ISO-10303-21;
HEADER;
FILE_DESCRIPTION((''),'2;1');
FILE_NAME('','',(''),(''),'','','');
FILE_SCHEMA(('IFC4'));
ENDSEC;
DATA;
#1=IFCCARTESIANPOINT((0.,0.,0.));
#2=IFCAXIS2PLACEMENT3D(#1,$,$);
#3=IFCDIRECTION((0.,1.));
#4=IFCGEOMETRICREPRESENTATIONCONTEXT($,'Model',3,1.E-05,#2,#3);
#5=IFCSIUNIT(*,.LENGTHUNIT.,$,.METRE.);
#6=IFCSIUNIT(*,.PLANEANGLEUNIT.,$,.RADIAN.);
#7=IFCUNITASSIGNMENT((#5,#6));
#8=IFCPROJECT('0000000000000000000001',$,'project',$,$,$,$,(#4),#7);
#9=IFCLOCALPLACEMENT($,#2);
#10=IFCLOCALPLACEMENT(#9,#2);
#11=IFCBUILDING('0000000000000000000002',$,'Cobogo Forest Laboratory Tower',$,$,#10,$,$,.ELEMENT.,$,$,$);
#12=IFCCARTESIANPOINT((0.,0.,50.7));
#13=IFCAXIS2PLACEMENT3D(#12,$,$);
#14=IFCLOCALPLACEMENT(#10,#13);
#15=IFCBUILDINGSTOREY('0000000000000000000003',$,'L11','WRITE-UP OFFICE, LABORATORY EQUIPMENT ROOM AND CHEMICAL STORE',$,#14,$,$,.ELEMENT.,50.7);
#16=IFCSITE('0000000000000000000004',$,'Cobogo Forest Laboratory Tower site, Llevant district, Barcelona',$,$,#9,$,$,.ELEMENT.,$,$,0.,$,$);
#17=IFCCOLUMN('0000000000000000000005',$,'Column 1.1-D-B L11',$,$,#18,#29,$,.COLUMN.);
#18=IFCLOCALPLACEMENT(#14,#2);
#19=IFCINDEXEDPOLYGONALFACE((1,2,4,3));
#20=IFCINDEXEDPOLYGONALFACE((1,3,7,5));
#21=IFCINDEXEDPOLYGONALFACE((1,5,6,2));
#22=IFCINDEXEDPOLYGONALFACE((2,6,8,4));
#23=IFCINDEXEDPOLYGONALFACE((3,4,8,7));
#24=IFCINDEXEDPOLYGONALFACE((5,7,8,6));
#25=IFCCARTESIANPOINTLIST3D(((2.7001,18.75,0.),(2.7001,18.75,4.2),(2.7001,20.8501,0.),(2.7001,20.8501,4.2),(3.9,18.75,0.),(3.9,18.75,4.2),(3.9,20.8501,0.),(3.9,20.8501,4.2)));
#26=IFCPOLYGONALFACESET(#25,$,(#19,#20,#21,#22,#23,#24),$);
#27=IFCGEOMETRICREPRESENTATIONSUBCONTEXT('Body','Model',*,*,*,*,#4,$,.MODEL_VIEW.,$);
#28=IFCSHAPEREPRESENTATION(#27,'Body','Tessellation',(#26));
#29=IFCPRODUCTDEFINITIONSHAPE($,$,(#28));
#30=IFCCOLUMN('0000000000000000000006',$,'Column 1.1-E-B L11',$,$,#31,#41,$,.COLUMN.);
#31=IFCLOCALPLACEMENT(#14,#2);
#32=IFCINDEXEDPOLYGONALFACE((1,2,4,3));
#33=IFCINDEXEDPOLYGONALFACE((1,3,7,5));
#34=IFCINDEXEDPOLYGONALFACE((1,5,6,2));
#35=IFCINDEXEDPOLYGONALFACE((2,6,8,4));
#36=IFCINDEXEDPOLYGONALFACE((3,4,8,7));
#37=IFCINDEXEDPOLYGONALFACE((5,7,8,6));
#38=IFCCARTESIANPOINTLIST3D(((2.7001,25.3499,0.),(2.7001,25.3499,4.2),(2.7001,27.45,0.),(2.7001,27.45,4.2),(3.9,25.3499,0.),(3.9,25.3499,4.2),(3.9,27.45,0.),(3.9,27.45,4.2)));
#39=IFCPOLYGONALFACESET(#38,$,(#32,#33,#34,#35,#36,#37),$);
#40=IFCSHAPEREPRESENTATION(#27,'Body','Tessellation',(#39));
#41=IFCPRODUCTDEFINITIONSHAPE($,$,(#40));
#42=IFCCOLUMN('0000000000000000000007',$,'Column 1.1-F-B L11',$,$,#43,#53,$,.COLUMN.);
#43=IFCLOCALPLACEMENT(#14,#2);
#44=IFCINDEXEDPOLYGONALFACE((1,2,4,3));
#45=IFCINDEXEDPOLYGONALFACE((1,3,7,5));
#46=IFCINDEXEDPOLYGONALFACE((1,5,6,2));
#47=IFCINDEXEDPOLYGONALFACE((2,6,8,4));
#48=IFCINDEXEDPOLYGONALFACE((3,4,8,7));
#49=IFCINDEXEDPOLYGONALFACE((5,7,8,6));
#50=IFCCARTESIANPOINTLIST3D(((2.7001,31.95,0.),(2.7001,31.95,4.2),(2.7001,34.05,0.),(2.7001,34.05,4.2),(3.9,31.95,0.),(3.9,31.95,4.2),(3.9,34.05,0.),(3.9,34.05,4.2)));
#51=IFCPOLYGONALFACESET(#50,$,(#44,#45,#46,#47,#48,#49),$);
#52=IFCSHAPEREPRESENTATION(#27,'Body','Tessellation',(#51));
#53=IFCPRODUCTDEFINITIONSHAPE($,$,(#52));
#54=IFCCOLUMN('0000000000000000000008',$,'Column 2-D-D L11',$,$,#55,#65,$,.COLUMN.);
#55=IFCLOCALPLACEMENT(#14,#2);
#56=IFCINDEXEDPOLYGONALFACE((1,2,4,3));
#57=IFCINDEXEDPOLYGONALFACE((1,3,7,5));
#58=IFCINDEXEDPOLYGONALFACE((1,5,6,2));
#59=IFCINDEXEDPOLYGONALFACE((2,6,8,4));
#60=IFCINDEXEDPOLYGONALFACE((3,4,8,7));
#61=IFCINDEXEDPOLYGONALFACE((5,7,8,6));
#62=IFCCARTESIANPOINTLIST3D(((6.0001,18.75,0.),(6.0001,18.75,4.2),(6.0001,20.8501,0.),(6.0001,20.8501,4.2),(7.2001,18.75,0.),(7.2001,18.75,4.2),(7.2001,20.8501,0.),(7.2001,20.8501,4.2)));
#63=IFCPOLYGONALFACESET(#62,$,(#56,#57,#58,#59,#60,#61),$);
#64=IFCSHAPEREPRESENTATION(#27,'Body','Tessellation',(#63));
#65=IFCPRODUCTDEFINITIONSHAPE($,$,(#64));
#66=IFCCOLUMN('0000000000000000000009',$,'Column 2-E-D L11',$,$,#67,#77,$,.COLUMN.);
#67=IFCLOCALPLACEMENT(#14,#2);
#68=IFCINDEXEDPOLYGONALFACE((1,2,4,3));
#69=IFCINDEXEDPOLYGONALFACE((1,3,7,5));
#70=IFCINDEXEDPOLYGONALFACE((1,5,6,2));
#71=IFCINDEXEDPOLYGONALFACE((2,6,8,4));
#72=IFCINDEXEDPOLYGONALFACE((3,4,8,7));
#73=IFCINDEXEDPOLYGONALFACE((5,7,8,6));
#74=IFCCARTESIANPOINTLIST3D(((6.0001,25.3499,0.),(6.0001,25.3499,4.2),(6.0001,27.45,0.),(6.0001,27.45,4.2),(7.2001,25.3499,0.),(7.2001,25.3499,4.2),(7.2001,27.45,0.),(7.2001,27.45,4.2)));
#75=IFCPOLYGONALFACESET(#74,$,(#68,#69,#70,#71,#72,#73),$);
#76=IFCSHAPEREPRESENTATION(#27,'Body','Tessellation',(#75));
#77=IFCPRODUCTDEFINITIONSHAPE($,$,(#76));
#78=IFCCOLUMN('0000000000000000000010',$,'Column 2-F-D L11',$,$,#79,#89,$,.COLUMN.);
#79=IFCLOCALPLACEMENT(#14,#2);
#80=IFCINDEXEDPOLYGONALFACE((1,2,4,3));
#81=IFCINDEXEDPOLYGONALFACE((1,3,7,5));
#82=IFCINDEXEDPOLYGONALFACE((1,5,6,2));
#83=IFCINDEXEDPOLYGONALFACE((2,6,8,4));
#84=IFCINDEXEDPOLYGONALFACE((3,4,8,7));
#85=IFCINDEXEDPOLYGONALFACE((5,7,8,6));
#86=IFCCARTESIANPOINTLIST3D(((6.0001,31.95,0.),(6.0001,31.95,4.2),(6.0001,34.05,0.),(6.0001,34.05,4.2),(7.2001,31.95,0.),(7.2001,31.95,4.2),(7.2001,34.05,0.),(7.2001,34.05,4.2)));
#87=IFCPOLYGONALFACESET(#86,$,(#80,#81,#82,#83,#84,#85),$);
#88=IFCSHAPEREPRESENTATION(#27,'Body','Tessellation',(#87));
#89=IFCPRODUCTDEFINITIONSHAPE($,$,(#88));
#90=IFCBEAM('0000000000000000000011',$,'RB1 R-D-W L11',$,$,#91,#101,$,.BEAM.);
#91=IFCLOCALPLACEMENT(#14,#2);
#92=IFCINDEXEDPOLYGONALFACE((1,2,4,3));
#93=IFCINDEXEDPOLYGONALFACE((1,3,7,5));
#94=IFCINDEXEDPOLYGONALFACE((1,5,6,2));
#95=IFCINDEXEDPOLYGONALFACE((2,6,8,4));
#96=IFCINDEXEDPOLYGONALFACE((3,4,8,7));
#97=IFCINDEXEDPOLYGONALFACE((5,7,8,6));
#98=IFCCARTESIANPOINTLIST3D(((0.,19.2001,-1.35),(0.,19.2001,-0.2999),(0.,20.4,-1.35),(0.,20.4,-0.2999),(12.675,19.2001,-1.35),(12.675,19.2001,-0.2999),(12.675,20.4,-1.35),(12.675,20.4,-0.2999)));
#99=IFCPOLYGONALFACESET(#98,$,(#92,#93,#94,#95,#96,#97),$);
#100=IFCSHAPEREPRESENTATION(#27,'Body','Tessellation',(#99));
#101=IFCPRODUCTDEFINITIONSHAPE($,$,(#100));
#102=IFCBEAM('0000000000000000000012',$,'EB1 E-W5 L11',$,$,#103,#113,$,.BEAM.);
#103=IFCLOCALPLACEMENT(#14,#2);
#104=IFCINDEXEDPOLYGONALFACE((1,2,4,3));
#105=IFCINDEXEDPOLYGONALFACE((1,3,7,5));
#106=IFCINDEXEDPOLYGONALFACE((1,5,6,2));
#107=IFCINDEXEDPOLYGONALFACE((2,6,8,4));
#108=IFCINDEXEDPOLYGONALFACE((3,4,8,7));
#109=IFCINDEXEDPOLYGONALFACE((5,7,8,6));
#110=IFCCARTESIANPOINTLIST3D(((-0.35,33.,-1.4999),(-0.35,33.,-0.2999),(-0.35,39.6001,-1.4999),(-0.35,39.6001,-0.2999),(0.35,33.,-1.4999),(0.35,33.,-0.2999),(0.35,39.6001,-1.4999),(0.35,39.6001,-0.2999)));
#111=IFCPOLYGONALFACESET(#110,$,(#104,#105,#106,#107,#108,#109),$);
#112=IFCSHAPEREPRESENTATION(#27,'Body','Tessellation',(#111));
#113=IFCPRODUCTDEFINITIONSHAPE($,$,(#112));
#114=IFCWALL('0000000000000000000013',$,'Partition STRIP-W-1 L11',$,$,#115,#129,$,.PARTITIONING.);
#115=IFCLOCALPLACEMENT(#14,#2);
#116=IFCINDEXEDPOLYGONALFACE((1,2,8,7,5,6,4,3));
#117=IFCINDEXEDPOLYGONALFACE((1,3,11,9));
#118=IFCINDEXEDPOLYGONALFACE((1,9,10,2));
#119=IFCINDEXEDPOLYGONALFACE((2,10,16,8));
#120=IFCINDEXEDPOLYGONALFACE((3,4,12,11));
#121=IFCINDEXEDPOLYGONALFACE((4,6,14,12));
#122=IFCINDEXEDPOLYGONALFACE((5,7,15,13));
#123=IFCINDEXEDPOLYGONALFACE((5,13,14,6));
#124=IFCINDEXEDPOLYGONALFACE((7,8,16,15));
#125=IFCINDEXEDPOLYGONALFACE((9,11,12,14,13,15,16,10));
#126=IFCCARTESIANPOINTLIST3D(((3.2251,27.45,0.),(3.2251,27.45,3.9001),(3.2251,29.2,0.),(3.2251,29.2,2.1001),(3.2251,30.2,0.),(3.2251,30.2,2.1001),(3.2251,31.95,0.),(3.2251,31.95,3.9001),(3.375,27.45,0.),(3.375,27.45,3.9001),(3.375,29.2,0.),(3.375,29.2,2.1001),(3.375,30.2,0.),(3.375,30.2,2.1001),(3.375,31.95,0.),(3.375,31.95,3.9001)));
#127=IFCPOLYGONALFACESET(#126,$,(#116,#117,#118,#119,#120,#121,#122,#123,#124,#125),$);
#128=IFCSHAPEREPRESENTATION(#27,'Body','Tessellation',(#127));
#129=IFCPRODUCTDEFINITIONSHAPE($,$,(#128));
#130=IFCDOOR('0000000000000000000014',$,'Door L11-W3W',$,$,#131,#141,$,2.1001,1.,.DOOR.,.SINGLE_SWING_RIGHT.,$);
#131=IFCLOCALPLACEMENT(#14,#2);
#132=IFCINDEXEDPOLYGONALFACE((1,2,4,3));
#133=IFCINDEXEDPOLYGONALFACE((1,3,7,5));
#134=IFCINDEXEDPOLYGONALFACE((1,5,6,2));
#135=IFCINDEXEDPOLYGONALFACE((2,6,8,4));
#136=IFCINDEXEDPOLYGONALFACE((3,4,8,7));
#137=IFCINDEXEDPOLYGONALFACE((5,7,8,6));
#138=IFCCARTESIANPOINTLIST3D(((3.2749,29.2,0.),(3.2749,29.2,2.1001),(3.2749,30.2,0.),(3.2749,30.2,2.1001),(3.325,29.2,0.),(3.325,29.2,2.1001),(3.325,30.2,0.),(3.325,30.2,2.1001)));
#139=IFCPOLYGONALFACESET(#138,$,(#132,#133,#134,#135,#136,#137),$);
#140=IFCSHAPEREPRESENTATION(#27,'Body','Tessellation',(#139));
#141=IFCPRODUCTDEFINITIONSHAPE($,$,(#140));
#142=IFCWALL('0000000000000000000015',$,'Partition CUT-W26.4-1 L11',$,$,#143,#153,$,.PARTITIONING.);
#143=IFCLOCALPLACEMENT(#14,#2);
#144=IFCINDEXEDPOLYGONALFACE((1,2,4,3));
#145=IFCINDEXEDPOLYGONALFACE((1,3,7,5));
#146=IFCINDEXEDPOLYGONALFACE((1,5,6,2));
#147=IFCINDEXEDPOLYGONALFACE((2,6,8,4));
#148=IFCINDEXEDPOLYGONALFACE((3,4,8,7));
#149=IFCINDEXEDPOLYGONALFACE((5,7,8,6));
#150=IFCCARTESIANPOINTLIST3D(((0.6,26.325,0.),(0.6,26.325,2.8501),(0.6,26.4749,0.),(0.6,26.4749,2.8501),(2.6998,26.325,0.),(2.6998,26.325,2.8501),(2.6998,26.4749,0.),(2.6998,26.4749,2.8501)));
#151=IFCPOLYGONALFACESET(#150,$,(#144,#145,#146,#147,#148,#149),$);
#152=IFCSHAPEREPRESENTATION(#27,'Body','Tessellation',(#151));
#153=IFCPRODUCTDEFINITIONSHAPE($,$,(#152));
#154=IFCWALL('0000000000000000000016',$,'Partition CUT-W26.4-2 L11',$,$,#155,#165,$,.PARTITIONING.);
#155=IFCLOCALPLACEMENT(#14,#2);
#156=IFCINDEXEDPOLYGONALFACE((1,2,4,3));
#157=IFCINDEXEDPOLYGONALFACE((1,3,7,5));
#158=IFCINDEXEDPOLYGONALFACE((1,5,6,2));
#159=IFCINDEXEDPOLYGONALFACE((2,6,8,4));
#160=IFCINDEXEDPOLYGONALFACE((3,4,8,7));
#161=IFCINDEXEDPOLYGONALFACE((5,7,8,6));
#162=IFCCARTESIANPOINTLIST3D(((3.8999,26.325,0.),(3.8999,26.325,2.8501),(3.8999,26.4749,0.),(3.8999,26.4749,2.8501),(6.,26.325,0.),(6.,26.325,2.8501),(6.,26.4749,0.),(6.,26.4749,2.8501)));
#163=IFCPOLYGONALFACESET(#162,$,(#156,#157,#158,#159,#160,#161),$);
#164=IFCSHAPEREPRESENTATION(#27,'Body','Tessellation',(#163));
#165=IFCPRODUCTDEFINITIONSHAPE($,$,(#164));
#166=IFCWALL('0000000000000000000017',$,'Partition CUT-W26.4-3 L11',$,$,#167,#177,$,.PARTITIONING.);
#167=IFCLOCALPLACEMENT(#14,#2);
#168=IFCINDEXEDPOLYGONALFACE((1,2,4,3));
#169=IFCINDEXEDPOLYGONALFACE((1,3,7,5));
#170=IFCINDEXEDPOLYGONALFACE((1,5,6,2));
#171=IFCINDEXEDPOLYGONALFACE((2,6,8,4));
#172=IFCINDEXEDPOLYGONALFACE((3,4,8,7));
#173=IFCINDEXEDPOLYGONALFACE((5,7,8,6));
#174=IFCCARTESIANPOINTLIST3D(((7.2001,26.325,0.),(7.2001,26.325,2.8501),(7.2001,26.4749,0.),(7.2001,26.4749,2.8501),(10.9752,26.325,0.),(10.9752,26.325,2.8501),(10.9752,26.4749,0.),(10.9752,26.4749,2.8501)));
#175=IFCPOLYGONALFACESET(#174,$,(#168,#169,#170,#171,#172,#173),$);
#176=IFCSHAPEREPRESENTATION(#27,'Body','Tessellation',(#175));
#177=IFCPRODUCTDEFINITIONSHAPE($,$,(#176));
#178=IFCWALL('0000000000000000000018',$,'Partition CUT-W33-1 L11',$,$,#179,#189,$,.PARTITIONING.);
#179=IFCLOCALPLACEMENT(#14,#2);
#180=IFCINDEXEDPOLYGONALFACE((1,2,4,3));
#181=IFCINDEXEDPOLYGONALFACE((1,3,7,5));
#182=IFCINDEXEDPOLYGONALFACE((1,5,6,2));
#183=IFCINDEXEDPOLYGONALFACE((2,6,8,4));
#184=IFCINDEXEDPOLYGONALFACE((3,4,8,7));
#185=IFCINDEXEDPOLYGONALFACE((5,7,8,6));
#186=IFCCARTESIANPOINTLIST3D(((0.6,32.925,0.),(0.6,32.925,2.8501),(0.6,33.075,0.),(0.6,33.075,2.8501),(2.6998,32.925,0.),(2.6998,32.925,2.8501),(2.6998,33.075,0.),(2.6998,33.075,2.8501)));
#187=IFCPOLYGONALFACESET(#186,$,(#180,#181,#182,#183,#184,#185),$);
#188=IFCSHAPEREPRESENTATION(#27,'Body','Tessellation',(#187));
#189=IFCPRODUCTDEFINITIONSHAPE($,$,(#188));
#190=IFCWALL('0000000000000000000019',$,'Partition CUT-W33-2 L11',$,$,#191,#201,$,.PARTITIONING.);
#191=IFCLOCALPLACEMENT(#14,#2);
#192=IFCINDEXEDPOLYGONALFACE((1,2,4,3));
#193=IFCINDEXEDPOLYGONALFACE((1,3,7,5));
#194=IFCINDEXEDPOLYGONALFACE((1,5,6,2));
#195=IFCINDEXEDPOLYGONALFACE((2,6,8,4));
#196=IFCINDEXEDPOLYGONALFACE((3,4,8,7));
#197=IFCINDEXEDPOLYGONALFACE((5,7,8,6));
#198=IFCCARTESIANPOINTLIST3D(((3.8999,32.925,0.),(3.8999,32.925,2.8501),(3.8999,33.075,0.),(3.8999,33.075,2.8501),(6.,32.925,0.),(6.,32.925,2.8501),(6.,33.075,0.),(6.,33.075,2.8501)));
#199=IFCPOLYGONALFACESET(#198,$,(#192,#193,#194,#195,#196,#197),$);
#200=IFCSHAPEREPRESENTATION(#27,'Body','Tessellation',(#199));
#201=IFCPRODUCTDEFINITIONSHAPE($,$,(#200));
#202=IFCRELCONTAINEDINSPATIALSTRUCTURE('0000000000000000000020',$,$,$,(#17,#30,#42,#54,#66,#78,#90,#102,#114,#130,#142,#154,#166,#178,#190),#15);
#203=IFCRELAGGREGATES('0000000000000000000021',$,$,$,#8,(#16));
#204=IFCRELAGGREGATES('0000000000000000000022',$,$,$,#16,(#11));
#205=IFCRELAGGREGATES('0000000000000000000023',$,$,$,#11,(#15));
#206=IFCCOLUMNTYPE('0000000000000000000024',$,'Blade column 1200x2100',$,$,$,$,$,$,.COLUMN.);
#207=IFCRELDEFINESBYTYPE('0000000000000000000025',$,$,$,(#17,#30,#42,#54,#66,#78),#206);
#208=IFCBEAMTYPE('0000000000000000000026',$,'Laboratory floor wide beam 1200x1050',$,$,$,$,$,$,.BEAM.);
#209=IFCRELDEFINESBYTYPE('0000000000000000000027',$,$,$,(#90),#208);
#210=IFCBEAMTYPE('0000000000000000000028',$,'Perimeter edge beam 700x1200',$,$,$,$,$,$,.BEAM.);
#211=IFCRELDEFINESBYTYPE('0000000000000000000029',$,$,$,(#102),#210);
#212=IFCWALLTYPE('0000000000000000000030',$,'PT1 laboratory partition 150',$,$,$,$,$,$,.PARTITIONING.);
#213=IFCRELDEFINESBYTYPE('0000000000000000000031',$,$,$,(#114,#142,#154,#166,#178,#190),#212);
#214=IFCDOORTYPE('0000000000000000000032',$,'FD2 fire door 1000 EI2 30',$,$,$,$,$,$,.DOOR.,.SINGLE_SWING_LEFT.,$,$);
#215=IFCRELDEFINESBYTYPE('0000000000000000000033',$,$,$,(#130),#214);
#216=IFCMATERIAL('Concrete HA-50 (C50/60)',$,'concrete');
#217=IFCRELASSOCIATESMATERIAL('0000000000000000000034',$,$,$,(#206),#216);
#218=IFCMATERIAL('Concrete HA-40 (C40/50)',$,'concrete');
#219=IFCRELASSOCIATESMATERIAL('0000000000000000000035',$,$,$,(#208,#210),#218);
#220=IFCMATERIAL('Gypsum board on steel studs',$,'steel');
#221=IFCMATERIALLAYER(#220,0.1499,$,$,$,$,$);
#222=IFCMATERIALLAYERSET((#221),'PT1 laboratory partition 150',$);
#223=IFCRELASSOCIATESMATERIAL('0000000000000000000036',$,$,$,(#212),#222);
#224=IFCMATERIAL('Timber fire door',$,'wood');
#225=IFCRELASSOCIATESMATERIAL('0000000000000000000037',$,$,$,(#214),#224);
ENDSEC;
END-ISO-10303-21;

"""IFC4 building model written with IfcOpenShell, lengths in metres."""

from ifc_helpers import new_model, si_unit, direction, frame, frame_2d, origin, origin_2d, place, context, subcontext, project, spatial, rectangle, extrude, material, layer, layer_set, material_profile, profile_set, type_object, element, fill, save


model = new_model("IFC4")

# Units and contexts
model_context = context("Model", 3, precision=1e-05, world=origin(), true_north=direction((0.0, 1.0)))
body_context = subcontext(model_context, "Body", "Model", "MODEL_VIEW")
ifc_project = project(units=[si_unit("LENGTHUNIT", "METRE"), si_unit("PLANEANGLEUNIT", "RADIAN")], contexts=[model_context])

# Site, building, storey
site_placement = place(None, origin())
site = spatial("IfcSite", under=ifc_project, at=site_placement, Name="Cobogo Forest Laboratory Tower site, Llevant district, Barcelona", CompositionType="ELEMENT", RefElevation=0.0)
building_placement = place(site_placement, origin())
building = spatial("IfcBuilding", under=site, at=building_placement, Name="Cobogo Forest Laboratory Tower", CompositionType="ELEMENT")
storey_placement = place(building_placement, frame((0.0, 0.0, 50.7)))
storey = spatial("IfcBuildingStorey", under=building, at=storey_placement, Name="L11", Description="WRITE-UP OFFICE, LABORATORY EQUIPMENT ROOM AND CHEMICAL STORE", CompositionType="ELEMENT", Elevation=50.7)

# Columns
ifc_material_1 = material(Name="Concrete HA-50 (C50/60)", Category="concrete")
ifc_material_profile_1 = material_profile(ifc_material_1, rectangle(XDim=2.1001, YDim=1.2, at=origin_2d()), Name="RC 1200x2100")
ifc_profile_set_1 = profile_set([ifc_material_profile_1], Name="Concrete HA-50 (C50/60)")
column_type = type_object("IfcColumnType", Name="Blade column 1200x2100", PredefinedType="COLUMN", material=ifc_profile_set_1)
for number, where, z_axis, x_axis, name in (
    (1, (3.3, 19.8, 0.0), (0.0, 0.0, 1.0), (0.0, 1.0, 0.0), "Column 1.1-D-B L11"),
    (2, (3.3, 26.3999, 0.0), (0.0, 0.0, 1.0), (0.0, 1.0, 0.0), "Column 1.1-E-B L11"),
    (3, (3.3, 33.0, 0.0), (0.0, 0.0, 1.0), (0.0, 1.0, 0.0), "Column 1.1-F-B L11"),
    (4, (6.6001, 19.8, 0.0), (0.0, 0.0, 1.0), (0.0, 1.0, 0.0), "Column 2-D-D L11"),
    (5, (6.6001, 26.3999, 0.0), (0.0, 0.0, 1.0), (0.0, 1.0, 0.0), "Column 2-E-D L11"),
    (6, (6.6001, 33.0, 0.0), (0.0, 0.0, 1.0), (0.0, 1.0, 0.0), "Column 2-F-D L11"),
):
    element("IfcColumn", number, at=place(storey_placement, frame(where, z_axis=z_axis, x_axis=x_axis)), inside=storey, type_object=column_type, Name=name, PredefinedType="COLUMN", context=body_context, shape_type="SweptSolid", body=[
        extrude(rectangle(XDim=2.1001, YDim=1.2, at=origin_2d()), origin(), (0.0, 0.0, 1.0), 4.2),
    ])

# Beams
ifc_material_2 = material(Name="Concrete HA-40 (C40/50)", Category="concrete")
ifc_material_profile_2 = material_profile(ifc_material_2, rectangle(XDim=1.2, YDim=1.05, at=origin_2d()), Name="RC 1200x1050")
ifc_profile_set_2 = profile_set([ifc_material_profile_2], Name="Concrete HA-40 (C40/50)")
beam_type_1 = type_object("IfcBeamType", Name="Laboratory floor wide beam 1200x1050", PredefinedType="BEAM", material=ifc_profile_set_2)
beam_1_placement = place(storey_placement, frame((12.675, 19.8, -0.825), z_axis=(-1.0, 0.0, 0.0), x_axis=(0.0, -1.0, 0.0)))
element("IfcBeam", 7, at=beam_1_placement, inside=storey, type_object=beam_type_1, Name="RB1 R-D-W L11", PredefinedType="BEAM", context=body_context, shape_type="SweptSolid", body=[
    extrude(rectangle(XDim=1.2, YDim=1.05, at=origin_2d()), origin(), (0.0, 0.0, 1.0), 12.675),
])
ifc_material_profile_3 = material_profile(ifc_material_2, rectangle(XDim=0.7, YDim=1.2, at=origin_2d()), Name="RC 700x1200")
ifc_profile_set_3 = profile_set([ifc_material_profile_3], Name="Concrete HA-40 (C40/50)")
beam_type_2 = type_object("IfcBeamType", Name="Perimeter edge beam 700x1200", PredefinedType="BEAM", material=ifc_profile_set_3)
beam_2_placement = place(storey_placement, frame((0.0, 33.0, -0.8999), z_axis=(0.0, 1.0, 0.0), x_axis=(-1.0, 0.0, 0.0)))
element("IfcBeam", 8, at=beam_2_placement, inside=storey, type_object=beam_type_2, Name="EB1 E-W5 L11", PredefinedType="BEAM", context=body_context, shape_type="SweptSolid", body=[
    extrude(rectangle(XDim=0.7, YDim=1.2, at=origin_2d()), origin(), (0.0, 0.0, 1.0), 6.6001),
])

# Wall, opening, door
ifc_material_3 = material(Name="Gypsum board on steel studs", Category="steel")
ifc_layer_1 = layer(ifc_material_3, 0.1499)
ifc_layer_set_1 = layer_set([ifc_layer_1], Name="PT1 laboratory partition 150")
wall_type_1 = type_object("IfcWallType", Name="PT1 laboratory partition 150", PredefinedType="PARTITIONING", material=ifc_layer_set_1)
wall_1_placement = place(storey_placement, frame((3.3, 31.95, 0.0), z_axis=(0.0, 0.0, 1.0), x_axis=(0.0, -1.0, 0.0)))
wall_1 = element("IfcWall", 9, at=wall_1_placement, inside=storey, type_object=wall_type_1, Name="Partition STRIP-W-1 L11", PredefinedType="PARTITIONING", context=body_context, shape_type="SweptSolid", body=[
    extrude(rectangle(XDim=4.5, YDim=0.1499, at=frame_2d((2.25, 0.0))), origin(), (0.0, 0.0, 1.0), 3.9001),
])
opening_placement = place(wall_1_placement, frame((1.75, 0.0, 0.0)))
opening = element("IfcOpeningElement", 10, at=opening_placement, cuts=wall_1, PredefinedType="OPENING", context=body_context, shape_type="SweptSolid", body=[
    extrude(rectangle(XDim=1.0, YDim=2.1001, at=frame_2d((0.5, 1.05))), frame((0.0, 0.085, 0.0), z_axis=(0.0, -1.0, 0.0), x_axis=(1.0, 0.0, 0.0)), (0.0, 0.0, 1.0), 0.1699),
])
ifc_material_4 = material(Name="Timber fire door", Category="wood")
door_type = type_object("IfcDoorType", Name="FD2 fire door 1000 EI2 30", OperationType="SINGLE_SWING_LEFT", PredefinedType="DOOR", material=ifc_material_4)
door_placement = place(opening_placement, origin())
door = element("IfcDoor", 11, at=door_placement, inside=storey, type_object=door_type, Name="Door L11-W3W", OperationType="SINGLE_SWING_RIGHT", OverallHeight=2.1001, OverallWidth=1.0, PredefinedType="DOOR", context=body_context, shape_type="SweptSolid", body=[
    extrude(rectangle(XDim=1.0, YDim=2.1001, at=frame_2d((0.5, 1.05))), frame((0.0, 0.0249, 0.0), z_axis=(0.0, -1.0, 0.0), x_axis=(1.0, 0.0, 0.0)), (0.0, 0.0, 1.0), 0.05),
])
fill(opening, door)

# Walls
wall_2_placement = place(storey_placement, frame((0.6001, 26.3999, 0.0), z_axis=(0.0, 0.0, 1.0), x_axis=(1.0, 0.0, 0.0)))
element("IfcWall", 12, at=wall_2_placement, inside=storey, type_object=wall_type_1, Name="Partition CUT-W26.4-1 L11", PredefinedType="PARTITIONING", context=body_context, shape_type="SweptSolid", body=[
    extrude(rectangle(XDim=2.0999, YDim=0.1499, at=frame_2d((1.0498, 0.0))), origin(), (0.0, 0.0, 1.0), 2.8501),
])
wall_3_placement = place(storey_placement, frame((3.8999, 26.3999, 0.0), z_axis=(0.0, 0.0, 1.0), x_axis=(1.0, 0.0, 0.0)))
element("IfcWall", 13, at=wall_3_placement, inside=storey, type_object=wall_type_1, Name="Partition CUT-W26.4-2 L11", PredefinedType="PARTITIONING", context=body_context, shape_type="SweptSolid", body=[
    extrude(rectangle(XDim=2.1001, YDim=0.1499, at=frame_2d((1.05, 0.0))), origin(), (0.0, 0.0, 1.0), 2.8501),
])
wall_4_placement = place(storey_placement, frame((7.2, 26.3999, 0.0), z_axis=(0.0, 0.0, 1.0), x_axis=(1.0, 0.0, 0.0)))
element("IfcWall", 14, at=wall_4_placement, inside=storey, type_object=wall_type_1, Name="Partition CUT-W26.4-3 L11", PredefinedType="PARTITIONING", context=body_context, shape_type="SweptSolid", body=[
    extrude(rectangle(XDim=3.7751, YDim=0.1499, at=frame_2d((1.8877, 0.0))), origin(), (0.0, 0.0, 1.0), 2.8501),
])
wall_5_placement = place(storey_placement, frame((0.6001, 33.0, 0.0), z_axis=(0.0, 0.0, 1.0), x_axis=(1.0, 0.0, 0.0)))
element("IfcWall", 15, at=wall_5_placement, inside=storey, type_object=wall_type_1, Name="Partition CUT-W33-1 L11", PredefinedType="PARTITIONING", context=body_context, shape_type="SweptSolid", body=[
    extrude(rectangle(XDim=2.0999, YDim=0.1499, at=frame_2d((1.0498, 0.0))), origin(), (0.0, 0.0, 1.0), 2.8501),
])
wall_6_placement = place(storey_placement, frame((3.8999, 33.0, 0.0), z_axis=(0.0, 0.0, 1.0), x_axis=(1.0, 0.0, 0.0)))
element("IfcWall", 16, at=wall_6_placement, inside=storey, type_object=wall_type_1, Name="Partition CUT-W33-2 L11", PredefinedType="PARTITIONING", context=body_context, shape_type="SweptSolid", body=[
    extrude(rectangle(XDim=2.1001, YDim=0.1499, at=frame_2d((1.05, 0.0))), origin(), (0.0, 0.0, 1.0), 2.8501),
])

save(model, "model.ifc")
